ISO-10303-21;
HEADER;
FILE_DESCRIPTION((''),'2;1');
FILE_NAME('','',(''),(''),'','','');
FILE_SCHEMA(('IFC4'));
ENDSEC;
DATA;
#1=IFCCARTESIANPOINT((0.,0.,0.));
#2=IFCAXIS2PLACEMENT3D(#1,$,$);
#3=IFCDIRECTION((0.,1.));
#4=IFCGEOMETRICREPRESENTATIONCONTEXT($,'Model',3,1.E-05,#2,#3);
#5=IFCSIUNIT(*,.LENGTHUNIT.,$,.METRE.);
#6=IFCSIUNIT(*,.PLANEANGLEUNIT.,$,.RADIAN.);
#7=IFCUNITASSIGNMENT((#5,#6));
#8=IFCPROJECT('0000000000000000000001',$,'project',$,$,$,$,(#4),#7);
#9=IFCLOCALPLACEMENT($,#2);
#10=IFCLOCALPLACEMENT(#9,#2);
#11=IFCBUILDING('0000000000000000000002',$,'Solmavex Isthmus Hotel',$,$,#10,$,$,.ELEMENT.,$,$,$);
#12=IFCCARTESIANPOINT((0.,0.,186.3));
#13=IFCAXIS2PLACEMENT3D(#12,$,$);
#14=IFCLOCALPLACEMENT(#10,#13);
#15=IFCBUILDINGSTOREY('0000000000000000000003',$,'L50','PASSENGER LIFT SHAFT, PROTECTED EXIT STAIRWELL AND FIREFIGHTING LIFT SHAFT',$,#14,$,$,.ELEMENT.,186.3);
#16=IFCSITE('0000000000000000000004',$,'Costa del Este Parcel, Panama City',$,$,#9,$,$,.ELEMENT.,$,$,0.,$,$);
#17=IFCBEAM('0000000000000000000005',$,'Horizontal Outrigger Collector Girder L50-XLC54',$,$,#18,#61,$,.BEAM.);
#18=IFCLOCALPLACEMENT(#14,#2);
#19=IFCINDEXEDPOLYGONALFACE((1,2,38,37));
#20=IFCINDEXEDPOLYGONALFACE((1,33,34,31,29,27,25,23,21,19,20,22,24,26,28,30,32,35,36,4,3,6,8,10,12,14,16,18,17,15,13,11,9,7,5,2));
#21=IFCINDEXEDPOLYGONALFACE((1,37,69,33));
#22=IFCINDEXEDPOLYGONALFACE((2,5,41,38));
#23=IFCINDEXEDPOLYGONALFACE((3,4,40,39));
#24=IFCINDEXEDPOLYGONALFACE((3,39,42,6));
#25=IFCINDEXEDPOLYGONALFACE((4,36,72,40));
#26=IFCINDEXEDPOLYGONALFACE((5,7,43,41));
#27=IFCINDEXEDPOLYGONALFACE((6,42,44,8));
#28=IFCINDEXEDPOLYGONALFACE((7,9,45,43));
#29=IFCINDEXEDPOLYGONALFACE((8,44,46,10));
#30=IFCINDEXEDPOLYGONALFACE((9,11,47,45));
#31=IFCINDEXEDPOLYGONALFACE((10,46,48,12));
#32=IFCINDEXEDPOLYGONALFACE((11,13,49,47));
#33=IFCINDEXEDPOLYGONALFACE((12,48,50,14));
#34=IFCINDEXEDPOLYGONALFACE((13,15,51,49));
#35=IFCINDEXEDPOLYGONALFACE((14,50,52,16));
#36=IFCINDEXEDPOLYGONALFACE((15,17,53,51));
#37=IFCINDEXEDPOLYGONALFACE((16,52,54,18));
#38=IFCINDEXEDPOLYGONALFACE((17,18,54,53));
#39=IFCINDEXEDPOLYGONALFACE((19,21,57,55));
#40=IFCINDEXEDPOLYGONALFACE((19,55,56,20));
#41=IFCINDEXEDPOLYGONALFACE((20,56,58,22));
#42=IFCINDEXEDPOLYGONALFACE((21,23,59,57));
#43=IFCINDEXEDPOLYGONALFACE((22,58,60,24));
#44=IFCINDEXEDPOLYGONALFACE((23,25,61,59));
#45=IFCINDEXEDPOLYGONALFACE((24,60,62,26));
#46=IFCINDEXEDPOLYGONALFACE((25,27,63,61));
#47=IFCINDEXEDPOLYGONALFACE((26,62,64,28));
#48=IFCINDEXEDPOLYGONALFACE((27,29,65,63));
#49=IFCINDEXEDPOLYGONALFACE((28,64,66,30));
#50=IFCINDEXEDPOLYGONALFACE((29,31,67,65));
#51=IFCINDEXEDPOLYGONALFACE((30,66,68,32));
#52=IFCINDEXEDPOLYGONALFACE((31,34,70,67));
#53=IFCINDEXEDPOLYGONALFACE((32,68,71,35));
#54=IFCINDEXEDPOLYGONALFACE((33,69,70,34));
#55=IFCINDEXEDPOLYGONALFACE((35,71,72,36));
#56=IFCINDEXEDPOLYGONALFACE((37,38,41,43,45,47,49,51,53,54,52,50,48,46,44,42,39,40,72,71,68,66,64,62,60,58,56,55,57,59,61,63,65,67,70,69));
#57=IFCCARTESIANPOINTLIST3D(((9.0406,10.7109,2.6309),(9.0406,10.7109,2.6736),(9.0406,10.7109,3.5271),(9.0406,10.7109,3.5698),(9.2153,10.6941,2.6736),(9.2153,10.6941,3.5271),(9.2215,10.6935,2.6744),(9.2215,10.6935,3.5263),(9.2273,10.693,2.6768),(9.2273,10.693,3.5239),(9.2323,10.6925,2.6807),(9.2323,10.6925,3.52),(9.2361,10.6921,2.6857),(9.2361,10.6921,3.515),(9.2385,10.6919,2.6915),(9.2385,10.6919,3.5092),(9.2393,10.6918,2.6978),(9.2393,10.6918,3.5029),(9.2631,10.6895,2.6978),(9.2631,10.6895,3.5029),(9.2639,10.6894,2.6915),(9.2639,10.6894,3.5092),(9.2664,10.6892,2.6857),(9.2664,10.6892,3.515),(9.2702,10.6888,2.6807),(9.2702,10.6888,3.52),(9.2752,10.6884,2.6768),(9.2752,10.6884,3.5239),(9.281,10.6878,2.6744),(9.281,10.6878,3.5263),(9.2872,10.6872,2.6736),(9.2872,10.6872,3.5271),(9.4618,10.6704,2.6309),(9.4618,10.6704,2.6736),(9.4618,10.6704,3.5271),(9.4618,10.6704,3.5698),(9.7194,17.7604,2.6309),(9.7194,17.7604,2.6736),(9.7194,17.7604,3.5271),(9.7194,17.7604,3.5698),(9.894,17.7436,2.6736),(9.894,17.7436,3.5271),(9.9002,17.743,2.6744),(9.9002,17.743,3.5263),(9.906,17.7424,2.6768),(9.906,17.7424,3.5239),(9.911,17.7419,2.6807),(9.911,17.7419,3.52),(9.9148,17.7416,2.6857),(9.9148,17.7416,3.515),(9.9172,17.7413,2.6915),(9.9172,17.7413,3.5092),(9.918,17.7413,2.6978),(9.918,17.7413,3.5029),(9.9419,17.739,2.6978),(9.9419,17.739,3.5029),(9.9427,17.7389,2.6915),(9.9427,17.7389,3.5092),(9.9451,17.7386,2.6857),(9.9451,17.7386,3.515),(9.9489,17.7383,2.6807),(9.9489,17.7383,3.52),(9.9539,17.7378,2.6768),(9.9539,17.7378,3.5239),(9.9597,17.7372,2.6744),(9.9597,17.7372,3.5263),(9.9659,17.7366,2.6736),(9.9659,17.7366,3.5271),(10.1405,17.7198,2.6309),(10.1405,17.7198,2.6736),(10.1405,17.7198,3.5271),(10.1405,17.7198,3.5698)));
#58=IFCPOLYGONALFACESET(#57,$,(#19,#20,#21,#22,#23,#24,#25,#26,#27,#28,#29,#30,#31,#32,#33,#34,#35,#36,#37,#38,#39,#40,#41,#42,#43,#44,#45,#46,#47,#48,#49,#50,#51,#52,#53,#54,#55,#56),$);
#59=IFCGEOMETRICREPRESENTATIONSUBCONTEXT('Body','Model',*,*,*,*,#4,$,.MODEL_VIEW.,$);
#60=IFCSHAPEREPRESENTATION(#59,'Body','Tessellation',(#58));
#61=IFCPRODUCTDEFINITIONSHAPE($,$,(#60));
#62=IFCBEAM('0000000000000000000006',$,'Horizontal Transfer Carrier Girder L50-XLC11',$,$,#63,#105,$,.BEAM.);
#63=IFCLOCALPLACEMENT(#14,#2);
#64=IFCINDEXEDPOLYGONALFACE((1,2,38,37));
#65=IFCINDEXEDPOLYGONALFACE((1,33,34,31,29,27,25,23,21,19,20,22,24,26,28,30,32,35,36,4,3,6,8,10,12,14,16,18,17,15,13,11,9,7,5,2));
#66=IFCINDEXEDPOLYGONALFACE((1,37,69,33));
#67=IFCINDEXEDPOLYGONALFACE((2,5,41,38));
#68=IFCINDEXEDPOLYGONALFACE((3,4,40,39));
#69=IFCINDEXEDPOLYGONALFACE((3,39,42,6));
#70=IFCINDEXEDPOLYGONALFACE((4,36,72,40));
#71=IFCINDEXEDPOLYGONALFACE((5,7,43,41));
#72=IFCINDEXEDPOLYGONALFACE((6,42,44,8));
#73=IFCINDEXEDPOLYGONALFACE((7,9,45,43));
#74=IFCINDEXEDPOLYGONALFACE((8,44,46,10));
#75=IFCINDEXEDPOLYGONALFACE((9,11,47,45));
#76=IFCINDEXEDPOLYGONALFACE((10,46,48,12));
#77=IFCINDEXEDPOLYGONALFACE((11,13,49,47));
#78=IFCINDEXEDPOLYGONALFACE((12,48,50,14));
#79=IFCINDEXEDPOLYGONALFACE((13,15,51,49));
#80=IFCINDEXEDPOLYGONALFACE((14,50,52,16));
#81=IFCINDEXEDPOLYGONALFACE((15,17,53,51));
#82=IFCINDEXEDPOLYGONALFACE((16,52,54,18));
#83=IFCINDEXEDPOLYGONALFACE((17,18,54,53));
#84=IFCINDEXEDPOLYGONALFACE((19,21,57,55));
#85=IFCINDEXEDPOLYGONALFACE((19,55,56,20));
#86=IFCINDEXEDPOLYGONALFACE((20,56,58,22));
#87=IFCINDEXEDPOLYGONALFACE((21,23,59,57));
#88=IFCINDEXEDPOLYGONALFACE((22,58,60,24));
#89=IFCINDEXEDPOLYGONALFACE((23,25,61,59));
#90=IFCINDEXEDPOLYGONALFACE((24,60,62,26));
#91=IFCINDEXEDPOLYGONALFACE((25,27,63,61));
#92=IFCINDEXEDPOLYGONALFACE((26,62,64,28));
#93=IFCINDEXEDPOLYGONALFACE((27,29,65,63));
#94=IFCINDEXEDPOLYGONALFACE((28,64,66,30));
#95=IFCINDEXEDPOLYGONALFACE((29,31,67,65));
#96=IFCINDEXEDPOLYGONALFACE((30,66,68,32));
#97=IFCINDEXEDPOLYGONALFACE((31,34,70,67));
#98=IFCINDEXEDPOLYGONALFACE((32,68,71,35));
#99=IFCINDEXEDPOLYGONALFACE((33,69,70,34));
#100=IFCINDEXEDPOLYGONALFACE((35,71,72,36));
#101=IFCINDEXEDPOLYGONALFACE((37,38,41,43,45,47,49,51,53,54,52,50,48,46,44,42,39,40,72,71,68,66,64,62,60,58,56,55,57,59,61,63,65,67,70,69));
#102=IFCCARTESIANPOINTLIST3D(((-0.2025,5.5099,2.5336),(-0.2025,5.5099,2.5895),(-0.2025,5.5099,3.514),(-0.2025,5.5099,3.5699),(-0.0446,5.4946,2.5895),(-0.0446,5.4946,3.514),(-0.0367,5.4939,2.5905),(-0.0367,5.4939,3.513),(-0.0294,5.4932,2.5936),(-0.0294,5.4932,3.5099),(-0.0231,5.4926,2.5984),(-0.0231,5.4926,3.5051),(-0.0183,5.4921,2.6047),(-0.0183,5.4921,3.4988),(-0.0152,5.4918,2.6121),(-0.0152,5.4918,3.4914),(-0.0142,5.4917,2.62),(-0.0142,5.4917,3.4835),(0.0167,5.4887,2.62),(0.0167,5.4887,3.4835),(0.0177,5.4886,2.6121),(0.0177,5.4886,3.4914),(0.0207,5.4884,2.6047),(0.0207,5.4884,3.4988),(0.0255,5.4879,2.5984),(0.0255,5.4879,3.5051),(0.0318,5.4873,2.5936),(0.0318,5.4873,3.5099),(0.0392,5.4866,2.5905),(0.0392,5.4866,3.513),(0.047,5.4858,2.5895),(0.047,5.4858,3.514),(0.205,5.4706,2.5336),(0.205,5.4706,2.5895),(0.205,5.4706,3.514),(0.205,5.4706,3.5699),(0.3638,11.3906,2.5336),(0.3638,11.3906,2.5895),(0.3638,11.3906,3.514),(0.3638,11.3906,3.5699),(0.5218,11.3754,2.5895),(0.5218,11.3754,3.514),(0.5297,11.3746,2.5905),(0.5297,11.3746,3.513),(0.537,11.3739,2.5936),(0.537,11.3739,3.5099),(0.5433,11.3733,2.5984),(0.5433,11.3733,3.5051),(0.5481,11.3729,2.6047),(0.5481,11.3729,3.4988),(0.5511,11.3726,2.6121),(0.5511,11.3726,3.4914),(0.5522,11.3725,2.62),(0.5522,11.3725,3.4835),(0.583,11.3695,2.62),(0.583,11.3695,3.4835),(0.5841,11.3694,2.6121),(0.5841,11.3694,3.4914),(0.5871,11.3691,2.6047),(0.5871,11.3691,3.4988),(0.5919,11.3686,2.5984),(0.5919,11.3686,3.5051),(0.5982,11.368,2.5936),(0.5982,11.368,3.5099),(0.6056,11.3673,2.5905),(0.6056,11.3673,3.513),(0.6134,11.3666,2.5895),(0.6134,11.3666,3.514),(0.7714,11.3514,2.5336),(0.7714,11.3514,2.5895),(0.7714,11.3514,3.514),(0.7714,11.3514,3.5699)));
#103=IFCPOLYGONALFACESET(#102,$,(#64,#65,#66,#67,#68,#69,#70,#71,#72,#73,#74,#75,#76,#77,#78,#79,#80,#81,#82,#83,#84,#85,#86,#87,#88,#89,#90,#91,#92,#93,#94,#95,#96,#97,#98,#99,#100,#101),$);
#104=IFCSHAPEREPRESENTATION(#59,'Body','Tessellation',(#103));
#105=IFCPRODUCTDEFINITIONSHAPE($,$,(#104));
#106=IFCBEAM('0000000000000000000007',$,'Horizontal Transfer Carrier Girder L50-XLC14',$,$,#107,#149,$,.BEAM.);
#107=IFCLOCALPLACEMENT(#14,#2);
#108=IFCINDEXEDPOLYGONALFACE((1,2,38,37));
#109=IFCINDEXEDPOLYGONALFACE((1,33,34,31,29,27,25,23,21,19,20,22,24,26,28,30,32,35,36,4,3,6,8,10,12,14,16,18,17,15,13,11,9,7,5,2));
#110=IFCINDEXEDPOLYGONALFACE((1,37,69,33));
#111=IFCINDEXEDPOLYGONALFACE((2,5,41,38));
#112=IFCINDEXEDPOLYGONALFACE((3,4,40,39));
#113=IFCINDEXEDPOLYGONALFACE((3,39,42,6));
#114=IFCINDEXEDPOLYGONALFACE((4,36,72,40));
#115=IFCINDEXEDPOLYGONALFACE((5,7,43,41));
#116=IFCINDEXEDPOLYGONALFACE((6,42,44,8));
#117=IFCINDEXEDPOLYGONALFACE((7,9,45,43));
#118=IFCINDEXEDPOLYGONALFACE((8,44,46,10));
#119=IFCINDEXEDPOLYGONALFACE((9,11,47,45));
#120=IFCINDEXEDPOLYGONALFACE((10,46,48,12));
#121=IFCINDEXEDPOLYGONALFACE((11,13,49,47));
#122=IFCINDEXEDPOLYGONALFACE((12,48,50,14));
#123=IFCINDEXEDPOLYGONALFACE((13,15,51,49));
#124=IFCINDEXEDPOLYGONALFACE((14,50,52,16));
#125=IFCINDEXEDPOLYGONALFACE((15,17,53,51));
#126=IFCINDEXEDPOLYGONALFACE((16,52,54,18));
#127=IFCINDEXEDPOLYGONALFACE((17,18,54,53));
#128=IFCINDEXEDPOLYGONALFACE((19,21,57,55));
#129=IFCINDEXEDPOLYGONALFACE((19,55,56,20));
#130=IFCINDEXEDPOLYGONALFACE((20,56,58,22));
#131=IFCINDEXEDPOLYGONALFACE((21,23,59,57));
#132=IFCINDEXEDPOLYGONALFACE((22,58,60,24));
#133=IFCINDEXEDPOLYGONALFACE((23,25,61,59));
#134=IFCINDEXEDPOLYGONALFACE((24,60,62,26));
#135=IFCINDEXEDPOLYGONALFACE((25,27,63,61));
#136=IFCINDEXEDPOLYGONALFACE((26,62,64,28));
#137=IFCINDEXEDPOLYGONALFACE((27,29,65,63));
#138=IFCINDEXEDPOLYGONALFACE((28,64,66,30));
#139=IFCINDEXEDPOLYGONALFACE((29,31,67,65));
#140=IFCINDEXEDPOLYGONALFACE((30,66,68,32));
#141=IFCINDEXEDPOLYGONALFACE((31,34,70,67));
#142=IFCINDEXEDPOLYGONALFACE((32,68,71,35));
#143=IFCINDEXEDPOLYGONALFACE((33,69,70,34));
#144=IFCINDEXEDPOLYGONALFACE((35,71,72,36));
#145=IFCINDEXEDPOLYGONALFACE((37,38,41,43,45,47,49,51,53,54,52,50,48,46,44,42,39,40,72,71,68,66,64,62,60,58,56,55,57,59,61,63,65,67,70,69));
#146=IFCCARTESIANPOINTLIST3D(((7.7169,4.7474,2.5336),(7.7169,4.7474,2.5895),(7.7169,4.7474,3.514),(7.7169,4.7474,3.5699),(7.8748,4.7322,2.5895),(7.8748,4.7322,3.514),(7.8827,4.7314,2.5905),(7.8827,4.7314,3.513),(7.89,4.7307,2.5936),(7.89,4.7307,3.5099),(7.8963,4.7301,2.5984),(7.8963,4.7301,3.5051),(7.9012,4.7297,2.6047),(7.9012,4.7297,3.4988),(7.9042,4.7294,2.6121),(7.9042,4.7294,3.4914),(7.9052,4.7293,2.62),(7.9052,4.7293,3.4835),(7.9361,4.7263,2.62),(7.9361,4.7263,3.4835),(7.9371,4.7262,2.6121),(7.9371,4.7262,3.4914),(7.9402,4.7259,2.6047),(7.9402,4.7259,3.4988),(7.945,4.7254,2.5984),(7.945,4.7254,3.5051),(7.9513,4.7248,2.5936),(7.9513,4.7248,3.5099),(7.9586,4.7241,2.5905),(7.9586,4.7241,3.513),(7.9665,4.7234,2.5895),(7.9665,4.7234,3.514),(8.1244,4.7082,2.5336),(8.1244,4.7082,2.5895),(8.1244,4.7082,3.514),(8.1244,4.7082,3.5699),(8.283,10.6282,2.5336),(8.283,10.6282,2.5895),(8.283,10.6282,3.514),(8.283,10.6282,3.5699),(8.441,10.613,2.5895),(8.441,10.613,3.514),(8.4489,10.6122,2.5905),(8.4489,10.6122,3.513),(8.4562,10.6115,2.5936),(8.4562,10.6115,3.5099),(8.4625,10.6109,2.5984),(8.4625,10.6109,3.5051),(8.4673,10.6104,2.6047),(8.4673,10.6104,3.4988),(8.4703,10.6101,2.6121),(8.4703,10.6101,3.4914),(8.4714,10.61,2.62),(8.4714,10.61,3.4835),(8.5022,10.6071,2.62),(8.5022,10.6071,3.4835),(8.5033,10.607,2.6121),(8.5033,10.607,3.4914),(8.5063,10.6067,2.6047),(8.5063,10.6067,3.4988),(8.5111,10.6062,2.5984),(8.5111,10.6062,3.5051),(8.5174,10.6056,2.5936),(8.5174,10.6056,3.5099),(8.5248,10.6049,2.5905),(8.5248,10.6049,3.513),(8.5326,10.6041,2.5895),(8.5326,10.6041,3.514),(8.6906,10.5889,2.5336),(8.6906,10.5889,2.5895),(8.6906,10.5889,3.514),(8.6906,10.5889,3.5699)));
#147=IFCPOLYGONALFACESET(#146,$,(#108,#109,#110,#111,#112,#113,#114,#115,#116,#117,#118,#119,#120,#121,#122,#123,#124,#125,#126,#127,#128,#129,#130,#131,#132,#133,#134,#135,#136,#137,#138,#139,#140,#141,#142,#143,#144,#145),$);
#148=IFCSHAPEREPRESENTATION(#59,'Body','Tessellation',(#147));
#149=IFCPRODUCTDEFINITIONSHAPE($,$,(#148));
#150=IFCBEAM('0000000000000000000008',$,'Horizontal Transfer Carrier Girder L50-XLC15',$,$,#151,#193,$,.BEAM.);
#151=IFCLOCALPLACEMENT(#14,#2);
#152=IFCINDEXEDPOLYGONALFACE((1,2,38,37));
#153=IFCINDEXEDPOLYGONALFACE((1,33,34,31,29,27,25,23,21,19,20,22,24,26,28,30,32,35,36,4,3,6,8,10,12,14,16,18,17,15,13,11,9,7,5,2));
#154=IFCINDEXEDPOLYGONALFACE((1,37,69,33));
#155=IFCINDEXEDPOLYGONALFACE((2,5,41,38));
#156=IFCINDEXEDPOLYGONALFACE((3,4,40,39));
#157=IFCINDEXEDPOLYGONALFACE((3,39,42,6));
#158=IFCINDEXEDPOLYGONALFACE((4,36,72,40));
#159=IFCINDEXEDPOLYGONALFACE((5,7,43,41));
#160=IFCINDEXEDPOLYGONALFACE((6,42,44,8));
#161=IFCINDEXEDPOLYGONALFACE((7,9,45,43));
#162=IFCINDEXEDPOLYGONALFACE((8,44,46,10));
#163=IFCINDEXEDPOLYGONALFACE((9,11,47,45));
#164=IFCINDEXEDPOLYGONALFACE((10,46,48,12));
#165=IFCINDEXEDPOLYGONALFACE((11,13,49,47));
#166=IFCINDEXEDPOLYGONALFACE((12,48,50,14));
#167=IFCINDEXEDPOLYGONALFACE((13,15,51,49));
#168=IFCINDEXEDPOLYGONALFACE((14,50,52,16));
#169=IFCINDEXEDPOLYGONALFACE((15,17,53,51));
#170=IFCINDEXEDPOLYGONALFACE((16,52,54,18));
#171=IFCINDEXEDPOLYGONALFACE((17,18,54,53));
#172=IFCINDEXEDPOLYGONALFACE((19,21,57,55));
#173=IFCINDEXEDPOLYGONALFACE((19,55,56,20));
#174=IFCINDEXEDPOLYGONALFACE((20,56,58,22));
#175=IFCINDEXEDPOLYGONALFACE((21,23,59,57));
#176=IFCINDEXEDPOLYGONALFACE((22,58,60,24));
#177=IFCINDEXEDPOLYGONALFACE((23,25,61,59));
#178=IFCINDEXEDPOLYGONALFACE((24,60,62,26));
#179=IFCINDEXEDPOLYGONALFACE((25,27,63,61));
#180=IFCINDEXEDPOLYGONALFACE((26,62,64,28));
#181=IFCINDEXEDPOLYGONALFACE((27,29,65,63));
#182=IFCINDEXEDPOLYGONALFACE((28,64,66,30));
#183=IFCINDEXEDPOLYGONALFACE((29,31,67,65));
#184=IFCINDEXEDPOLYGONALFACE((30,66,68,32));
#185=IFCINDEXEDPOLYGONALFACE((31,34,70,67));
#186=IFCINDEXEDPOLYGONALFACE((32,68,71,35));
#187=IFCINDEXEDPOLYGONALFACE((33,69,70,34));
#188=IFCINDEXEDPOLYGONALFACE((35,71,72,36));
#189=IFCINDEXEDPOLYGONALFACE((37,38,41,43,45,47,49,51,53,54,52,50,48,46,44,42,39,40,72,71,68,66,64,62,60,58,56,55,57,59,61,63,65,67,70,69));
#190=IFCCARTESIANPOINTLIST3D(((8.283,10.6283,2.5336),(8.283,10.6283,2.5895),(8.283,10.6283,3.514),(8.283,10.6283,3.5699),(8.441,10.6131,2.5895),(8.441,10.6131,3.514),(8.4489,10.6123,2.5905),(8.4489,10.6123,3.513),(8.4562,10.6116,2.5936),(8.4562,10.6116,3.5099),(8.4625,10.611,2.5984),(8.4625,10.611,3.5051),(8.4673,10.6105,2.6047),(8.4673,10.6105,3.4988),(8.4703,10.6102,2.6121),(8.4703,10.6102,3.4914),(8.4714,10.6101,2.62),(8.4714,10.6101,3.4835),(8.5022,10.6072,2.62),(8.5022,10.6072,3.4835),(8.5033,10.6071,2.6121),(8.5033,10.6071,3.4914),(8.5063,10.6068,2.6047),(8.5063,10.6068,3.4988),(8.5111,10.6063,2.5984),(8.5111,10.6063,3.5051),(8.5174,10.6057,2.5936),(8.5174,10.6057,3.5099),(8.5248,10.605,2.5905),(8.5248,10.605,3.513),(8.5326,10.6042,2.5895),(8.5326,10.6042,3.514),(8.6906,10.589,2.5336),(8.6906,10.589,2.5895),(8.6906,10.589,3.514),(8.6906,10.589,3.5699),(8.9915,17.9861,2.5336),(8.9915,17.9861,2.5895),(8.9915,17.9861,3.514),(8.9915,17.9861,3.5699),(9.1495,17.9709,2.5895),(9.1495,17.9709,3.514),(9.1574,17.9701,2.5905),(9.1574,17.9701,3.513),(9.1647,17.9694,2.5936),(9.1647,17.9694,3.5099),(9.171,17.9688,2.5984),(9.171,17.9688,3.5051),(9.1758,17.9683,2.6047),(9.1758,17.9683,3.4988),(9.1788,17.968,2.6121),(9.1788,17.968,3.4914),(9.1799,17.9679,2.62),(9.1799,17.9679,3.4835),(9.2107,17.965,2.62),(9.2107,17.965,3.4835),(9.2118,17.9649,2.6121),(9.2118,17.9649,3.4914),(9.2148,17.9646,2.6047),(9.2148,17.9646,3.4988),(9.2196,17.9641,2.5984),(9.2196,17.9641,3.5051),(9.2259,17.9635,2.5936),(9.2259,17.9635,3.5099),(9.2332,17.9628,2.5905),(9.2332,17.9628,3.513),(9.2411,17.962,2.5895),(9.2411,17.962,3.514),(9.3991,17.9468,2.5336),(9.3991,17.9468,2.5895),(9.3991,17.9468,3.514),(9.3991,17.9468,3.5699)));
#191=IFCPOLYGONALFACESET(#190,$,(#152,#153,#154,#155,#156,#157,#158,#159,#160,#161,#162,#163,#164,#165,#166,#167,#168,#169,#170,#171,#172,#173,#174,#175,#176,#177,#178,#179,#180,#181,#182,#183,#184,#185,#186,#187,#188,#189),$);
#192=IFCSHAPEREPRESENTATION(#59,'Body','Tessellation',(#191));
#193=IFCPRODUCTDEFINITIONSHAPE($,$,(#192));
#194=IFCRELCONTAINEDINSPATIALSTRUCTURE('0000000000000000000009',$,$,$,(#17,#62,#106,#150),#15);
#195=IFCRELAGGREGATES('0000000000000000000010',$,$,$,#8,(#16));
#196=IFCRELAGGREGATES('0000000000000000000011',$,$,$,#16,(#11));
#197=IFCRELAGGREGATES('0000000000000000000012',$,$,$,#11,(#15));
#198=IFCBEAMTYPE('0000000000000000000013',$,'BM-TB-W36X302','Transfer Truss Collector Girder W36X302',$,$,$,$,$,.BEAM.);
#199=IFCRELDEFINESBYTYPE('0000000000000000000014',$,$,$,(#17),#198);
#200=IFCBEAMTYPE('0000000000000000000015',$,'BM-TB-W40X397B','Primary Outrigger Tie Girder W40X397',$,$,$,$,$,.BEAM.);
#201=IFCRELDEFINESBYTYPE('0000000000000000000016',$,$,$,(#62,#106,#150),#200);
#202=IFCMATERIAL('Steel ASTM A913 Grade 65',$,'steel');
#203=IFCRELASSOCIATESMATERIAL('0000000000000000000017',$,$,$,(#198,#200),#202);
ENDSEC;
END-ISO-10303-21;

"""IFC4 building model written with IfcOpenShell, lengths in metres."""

from ifc_helpers import new_model, si_unit, direction, frame, origin, origin_2d, place, context, subcontext, project, spatial, i_section, extrude, material, material_profile, profile_set, type_object, element, save


model = new_model("IFC4")

# Units and contexts
model_context = context("Model", 3, precision=1e-05, world=origin(), true_north=direction((0.0, 1.0)))
body_context = subcontext(model_context, "Body", "Model", "MODEL_VIEW")
ifc_project = project(units=[si_unit("LENGTHUNIT", "METRE"), si_unit("PLANEANGLEUNIT", "RADIAN")], contexts=[model_context])

# Site, building, storey
site_placement = place(None, origin())
site = spatial("IfcSite", under=ifc_project, at=site_placement, Name="Costa del Este Parcel, Panama City", CompositionType="ELEMENT", RefElevation=0.0)
building_placement = place(site_placement, origin())
building = spatial("IfcBuilding", under=site, at=building_placement, Name="Solmavex Isthmus Hotel", CompositionType="ELEMENT")
storey_placement = place(building_placement, frame((0.0, 0.0, 186.3)))
storey = spatial("IfcBuildingStorey", under=building, at=storey_placement, Name="L50", Description="PASSENGER LIFT SHAFT, PROTECTED EXIT STAIRWELL AND FIREFIGHTING LIFT SHAFT", CompositionType="ELEMENT", Elevation=186.3)

# Shared definitions
ifc_material_1 = material(Name="Steel ASTM A913 Grade 65", Category="steel")

# Beams
ifc_material_profile_1 = material_profile(ifc_material_1, i_section(OverallWidth=0.4231, OverallDepth=0.939, WebThickness=0.0239, FlangeThickness=0.0427, FilletRadius=0.0242, at=origin_2d()), Name="W36X302")
ifc_profile_set_1 = profile_set([ifc_material_profile_1], Name="Steel ASTM A913 Grade 65")
beam_type_1 = type_object("IfcBeamType", Name="BM-TB-W36X302", Description="Transfer Truss Collector Girder W36X302", PredefinedType="BEAM", material=ifc_profile_set_1)
beam_1_placement = place(storey_placement, frame((9.2512, 10.6907, 3.1003), z_axis=(0.095837, 0.995397, 0.0), x_axis=(-0.995397, 0.095837, 0.0)))
element("IfcBeam", 1, at=beam_1_placement, inside=storey, type_object=beam_type_1, Name="Horizontal Outrigger Collector Girder L50-XLC54", PredefinedType="BEAM", context=body_context, shape_type="SweptSolid", body=[
    extrude(i_section(OverallWidth=0.4231, OverallDepth=0.939, WebThickness=0.0239, FlangeThickness=0.0427, FilletRadius=0.0242, at=origin_2d()), origin(), (0.0, 0.0, 1.0), 7.082),
])
ifc_material_profile_2 = material_profile(ifc_material_1, i_section(OverallWidth=0.4094, OverallDepth=1.0364, WebThickness=0.031, FlangeThickness=0.0559, FilletRadius=0.0305, at=origin_2d()), Name="W40X397")
ifc_profile_set_2 = profile_set([ifc_material_profile_2], Name="Steel ASTM A913 Grade 65")
beam_type_2 = type_object("IfcBeamType", Name="BM-TB-W40X397B", Description="Primary Outrigger Tie Girder W40X397", PredefinedType="BEAM", material=ifc_profile_set_2)
for number, where, z_axis, x_axis, name in (
    (2, (0.0012, 5.4902, 3.0518), (0.09587, 0.995394, 0.0), (-0.995394, 0.09587, 0.0), "Horizontal Transfer Carrier Girder L50-XLC11"),
    (3, (7.9207, 4.7278, 3.0518), (0.095829, 0.995398, 0.0), (-0.995398, 0.095829, 0.0), "Horizontal Transfer Carrier Girder L50-XLC14"),
):
    element("IfcBeam", number, at=place(storey_placement, frame(where, z_axis=z_axis, x_axis=x_axis)), inside=storey, type_object=beam_type_2, Name=name, PredefinedType="BEAM", context=body_context, shape_type="SweptSolid", body=[
        extrude(i_section(OverallWidth=0.4094, OverallDepth=1.0364, WebThickness=0.031, FlangeThickness=0.0559, FilletRadius=0.0305, at=origin_2d()), origin(), (0.0, 0.0, 1.0), 5.908),
    ])
beam_2_placement = place(storey_placement, frame((8.4868, 10.6086, 3.0518), z_axis=(0.095847, 0.995396, 0.0), x_axis=(-0.995396, 0.095847, 0.0)))
element("IfcBeam", 4, at=beam_2_placement, inside=storey, type_object=beam_type_2, Name="Horizontal Transfer Carrier Girder L50-XLC15", PredefinedType="BEAM", context=body_context, shape_type="SweptSolid", body=[
    extrude(i_section(OverallWidth=0.4094, OverallDepth=1.0364, WebThickness=0.031, FlangeThickness=0.0559, FilletRadius=0.0305, at=origin_2d()), origin(), (0.0, 0.0, 1.0), 7.3918),
])

save(model, "model.ifc")
